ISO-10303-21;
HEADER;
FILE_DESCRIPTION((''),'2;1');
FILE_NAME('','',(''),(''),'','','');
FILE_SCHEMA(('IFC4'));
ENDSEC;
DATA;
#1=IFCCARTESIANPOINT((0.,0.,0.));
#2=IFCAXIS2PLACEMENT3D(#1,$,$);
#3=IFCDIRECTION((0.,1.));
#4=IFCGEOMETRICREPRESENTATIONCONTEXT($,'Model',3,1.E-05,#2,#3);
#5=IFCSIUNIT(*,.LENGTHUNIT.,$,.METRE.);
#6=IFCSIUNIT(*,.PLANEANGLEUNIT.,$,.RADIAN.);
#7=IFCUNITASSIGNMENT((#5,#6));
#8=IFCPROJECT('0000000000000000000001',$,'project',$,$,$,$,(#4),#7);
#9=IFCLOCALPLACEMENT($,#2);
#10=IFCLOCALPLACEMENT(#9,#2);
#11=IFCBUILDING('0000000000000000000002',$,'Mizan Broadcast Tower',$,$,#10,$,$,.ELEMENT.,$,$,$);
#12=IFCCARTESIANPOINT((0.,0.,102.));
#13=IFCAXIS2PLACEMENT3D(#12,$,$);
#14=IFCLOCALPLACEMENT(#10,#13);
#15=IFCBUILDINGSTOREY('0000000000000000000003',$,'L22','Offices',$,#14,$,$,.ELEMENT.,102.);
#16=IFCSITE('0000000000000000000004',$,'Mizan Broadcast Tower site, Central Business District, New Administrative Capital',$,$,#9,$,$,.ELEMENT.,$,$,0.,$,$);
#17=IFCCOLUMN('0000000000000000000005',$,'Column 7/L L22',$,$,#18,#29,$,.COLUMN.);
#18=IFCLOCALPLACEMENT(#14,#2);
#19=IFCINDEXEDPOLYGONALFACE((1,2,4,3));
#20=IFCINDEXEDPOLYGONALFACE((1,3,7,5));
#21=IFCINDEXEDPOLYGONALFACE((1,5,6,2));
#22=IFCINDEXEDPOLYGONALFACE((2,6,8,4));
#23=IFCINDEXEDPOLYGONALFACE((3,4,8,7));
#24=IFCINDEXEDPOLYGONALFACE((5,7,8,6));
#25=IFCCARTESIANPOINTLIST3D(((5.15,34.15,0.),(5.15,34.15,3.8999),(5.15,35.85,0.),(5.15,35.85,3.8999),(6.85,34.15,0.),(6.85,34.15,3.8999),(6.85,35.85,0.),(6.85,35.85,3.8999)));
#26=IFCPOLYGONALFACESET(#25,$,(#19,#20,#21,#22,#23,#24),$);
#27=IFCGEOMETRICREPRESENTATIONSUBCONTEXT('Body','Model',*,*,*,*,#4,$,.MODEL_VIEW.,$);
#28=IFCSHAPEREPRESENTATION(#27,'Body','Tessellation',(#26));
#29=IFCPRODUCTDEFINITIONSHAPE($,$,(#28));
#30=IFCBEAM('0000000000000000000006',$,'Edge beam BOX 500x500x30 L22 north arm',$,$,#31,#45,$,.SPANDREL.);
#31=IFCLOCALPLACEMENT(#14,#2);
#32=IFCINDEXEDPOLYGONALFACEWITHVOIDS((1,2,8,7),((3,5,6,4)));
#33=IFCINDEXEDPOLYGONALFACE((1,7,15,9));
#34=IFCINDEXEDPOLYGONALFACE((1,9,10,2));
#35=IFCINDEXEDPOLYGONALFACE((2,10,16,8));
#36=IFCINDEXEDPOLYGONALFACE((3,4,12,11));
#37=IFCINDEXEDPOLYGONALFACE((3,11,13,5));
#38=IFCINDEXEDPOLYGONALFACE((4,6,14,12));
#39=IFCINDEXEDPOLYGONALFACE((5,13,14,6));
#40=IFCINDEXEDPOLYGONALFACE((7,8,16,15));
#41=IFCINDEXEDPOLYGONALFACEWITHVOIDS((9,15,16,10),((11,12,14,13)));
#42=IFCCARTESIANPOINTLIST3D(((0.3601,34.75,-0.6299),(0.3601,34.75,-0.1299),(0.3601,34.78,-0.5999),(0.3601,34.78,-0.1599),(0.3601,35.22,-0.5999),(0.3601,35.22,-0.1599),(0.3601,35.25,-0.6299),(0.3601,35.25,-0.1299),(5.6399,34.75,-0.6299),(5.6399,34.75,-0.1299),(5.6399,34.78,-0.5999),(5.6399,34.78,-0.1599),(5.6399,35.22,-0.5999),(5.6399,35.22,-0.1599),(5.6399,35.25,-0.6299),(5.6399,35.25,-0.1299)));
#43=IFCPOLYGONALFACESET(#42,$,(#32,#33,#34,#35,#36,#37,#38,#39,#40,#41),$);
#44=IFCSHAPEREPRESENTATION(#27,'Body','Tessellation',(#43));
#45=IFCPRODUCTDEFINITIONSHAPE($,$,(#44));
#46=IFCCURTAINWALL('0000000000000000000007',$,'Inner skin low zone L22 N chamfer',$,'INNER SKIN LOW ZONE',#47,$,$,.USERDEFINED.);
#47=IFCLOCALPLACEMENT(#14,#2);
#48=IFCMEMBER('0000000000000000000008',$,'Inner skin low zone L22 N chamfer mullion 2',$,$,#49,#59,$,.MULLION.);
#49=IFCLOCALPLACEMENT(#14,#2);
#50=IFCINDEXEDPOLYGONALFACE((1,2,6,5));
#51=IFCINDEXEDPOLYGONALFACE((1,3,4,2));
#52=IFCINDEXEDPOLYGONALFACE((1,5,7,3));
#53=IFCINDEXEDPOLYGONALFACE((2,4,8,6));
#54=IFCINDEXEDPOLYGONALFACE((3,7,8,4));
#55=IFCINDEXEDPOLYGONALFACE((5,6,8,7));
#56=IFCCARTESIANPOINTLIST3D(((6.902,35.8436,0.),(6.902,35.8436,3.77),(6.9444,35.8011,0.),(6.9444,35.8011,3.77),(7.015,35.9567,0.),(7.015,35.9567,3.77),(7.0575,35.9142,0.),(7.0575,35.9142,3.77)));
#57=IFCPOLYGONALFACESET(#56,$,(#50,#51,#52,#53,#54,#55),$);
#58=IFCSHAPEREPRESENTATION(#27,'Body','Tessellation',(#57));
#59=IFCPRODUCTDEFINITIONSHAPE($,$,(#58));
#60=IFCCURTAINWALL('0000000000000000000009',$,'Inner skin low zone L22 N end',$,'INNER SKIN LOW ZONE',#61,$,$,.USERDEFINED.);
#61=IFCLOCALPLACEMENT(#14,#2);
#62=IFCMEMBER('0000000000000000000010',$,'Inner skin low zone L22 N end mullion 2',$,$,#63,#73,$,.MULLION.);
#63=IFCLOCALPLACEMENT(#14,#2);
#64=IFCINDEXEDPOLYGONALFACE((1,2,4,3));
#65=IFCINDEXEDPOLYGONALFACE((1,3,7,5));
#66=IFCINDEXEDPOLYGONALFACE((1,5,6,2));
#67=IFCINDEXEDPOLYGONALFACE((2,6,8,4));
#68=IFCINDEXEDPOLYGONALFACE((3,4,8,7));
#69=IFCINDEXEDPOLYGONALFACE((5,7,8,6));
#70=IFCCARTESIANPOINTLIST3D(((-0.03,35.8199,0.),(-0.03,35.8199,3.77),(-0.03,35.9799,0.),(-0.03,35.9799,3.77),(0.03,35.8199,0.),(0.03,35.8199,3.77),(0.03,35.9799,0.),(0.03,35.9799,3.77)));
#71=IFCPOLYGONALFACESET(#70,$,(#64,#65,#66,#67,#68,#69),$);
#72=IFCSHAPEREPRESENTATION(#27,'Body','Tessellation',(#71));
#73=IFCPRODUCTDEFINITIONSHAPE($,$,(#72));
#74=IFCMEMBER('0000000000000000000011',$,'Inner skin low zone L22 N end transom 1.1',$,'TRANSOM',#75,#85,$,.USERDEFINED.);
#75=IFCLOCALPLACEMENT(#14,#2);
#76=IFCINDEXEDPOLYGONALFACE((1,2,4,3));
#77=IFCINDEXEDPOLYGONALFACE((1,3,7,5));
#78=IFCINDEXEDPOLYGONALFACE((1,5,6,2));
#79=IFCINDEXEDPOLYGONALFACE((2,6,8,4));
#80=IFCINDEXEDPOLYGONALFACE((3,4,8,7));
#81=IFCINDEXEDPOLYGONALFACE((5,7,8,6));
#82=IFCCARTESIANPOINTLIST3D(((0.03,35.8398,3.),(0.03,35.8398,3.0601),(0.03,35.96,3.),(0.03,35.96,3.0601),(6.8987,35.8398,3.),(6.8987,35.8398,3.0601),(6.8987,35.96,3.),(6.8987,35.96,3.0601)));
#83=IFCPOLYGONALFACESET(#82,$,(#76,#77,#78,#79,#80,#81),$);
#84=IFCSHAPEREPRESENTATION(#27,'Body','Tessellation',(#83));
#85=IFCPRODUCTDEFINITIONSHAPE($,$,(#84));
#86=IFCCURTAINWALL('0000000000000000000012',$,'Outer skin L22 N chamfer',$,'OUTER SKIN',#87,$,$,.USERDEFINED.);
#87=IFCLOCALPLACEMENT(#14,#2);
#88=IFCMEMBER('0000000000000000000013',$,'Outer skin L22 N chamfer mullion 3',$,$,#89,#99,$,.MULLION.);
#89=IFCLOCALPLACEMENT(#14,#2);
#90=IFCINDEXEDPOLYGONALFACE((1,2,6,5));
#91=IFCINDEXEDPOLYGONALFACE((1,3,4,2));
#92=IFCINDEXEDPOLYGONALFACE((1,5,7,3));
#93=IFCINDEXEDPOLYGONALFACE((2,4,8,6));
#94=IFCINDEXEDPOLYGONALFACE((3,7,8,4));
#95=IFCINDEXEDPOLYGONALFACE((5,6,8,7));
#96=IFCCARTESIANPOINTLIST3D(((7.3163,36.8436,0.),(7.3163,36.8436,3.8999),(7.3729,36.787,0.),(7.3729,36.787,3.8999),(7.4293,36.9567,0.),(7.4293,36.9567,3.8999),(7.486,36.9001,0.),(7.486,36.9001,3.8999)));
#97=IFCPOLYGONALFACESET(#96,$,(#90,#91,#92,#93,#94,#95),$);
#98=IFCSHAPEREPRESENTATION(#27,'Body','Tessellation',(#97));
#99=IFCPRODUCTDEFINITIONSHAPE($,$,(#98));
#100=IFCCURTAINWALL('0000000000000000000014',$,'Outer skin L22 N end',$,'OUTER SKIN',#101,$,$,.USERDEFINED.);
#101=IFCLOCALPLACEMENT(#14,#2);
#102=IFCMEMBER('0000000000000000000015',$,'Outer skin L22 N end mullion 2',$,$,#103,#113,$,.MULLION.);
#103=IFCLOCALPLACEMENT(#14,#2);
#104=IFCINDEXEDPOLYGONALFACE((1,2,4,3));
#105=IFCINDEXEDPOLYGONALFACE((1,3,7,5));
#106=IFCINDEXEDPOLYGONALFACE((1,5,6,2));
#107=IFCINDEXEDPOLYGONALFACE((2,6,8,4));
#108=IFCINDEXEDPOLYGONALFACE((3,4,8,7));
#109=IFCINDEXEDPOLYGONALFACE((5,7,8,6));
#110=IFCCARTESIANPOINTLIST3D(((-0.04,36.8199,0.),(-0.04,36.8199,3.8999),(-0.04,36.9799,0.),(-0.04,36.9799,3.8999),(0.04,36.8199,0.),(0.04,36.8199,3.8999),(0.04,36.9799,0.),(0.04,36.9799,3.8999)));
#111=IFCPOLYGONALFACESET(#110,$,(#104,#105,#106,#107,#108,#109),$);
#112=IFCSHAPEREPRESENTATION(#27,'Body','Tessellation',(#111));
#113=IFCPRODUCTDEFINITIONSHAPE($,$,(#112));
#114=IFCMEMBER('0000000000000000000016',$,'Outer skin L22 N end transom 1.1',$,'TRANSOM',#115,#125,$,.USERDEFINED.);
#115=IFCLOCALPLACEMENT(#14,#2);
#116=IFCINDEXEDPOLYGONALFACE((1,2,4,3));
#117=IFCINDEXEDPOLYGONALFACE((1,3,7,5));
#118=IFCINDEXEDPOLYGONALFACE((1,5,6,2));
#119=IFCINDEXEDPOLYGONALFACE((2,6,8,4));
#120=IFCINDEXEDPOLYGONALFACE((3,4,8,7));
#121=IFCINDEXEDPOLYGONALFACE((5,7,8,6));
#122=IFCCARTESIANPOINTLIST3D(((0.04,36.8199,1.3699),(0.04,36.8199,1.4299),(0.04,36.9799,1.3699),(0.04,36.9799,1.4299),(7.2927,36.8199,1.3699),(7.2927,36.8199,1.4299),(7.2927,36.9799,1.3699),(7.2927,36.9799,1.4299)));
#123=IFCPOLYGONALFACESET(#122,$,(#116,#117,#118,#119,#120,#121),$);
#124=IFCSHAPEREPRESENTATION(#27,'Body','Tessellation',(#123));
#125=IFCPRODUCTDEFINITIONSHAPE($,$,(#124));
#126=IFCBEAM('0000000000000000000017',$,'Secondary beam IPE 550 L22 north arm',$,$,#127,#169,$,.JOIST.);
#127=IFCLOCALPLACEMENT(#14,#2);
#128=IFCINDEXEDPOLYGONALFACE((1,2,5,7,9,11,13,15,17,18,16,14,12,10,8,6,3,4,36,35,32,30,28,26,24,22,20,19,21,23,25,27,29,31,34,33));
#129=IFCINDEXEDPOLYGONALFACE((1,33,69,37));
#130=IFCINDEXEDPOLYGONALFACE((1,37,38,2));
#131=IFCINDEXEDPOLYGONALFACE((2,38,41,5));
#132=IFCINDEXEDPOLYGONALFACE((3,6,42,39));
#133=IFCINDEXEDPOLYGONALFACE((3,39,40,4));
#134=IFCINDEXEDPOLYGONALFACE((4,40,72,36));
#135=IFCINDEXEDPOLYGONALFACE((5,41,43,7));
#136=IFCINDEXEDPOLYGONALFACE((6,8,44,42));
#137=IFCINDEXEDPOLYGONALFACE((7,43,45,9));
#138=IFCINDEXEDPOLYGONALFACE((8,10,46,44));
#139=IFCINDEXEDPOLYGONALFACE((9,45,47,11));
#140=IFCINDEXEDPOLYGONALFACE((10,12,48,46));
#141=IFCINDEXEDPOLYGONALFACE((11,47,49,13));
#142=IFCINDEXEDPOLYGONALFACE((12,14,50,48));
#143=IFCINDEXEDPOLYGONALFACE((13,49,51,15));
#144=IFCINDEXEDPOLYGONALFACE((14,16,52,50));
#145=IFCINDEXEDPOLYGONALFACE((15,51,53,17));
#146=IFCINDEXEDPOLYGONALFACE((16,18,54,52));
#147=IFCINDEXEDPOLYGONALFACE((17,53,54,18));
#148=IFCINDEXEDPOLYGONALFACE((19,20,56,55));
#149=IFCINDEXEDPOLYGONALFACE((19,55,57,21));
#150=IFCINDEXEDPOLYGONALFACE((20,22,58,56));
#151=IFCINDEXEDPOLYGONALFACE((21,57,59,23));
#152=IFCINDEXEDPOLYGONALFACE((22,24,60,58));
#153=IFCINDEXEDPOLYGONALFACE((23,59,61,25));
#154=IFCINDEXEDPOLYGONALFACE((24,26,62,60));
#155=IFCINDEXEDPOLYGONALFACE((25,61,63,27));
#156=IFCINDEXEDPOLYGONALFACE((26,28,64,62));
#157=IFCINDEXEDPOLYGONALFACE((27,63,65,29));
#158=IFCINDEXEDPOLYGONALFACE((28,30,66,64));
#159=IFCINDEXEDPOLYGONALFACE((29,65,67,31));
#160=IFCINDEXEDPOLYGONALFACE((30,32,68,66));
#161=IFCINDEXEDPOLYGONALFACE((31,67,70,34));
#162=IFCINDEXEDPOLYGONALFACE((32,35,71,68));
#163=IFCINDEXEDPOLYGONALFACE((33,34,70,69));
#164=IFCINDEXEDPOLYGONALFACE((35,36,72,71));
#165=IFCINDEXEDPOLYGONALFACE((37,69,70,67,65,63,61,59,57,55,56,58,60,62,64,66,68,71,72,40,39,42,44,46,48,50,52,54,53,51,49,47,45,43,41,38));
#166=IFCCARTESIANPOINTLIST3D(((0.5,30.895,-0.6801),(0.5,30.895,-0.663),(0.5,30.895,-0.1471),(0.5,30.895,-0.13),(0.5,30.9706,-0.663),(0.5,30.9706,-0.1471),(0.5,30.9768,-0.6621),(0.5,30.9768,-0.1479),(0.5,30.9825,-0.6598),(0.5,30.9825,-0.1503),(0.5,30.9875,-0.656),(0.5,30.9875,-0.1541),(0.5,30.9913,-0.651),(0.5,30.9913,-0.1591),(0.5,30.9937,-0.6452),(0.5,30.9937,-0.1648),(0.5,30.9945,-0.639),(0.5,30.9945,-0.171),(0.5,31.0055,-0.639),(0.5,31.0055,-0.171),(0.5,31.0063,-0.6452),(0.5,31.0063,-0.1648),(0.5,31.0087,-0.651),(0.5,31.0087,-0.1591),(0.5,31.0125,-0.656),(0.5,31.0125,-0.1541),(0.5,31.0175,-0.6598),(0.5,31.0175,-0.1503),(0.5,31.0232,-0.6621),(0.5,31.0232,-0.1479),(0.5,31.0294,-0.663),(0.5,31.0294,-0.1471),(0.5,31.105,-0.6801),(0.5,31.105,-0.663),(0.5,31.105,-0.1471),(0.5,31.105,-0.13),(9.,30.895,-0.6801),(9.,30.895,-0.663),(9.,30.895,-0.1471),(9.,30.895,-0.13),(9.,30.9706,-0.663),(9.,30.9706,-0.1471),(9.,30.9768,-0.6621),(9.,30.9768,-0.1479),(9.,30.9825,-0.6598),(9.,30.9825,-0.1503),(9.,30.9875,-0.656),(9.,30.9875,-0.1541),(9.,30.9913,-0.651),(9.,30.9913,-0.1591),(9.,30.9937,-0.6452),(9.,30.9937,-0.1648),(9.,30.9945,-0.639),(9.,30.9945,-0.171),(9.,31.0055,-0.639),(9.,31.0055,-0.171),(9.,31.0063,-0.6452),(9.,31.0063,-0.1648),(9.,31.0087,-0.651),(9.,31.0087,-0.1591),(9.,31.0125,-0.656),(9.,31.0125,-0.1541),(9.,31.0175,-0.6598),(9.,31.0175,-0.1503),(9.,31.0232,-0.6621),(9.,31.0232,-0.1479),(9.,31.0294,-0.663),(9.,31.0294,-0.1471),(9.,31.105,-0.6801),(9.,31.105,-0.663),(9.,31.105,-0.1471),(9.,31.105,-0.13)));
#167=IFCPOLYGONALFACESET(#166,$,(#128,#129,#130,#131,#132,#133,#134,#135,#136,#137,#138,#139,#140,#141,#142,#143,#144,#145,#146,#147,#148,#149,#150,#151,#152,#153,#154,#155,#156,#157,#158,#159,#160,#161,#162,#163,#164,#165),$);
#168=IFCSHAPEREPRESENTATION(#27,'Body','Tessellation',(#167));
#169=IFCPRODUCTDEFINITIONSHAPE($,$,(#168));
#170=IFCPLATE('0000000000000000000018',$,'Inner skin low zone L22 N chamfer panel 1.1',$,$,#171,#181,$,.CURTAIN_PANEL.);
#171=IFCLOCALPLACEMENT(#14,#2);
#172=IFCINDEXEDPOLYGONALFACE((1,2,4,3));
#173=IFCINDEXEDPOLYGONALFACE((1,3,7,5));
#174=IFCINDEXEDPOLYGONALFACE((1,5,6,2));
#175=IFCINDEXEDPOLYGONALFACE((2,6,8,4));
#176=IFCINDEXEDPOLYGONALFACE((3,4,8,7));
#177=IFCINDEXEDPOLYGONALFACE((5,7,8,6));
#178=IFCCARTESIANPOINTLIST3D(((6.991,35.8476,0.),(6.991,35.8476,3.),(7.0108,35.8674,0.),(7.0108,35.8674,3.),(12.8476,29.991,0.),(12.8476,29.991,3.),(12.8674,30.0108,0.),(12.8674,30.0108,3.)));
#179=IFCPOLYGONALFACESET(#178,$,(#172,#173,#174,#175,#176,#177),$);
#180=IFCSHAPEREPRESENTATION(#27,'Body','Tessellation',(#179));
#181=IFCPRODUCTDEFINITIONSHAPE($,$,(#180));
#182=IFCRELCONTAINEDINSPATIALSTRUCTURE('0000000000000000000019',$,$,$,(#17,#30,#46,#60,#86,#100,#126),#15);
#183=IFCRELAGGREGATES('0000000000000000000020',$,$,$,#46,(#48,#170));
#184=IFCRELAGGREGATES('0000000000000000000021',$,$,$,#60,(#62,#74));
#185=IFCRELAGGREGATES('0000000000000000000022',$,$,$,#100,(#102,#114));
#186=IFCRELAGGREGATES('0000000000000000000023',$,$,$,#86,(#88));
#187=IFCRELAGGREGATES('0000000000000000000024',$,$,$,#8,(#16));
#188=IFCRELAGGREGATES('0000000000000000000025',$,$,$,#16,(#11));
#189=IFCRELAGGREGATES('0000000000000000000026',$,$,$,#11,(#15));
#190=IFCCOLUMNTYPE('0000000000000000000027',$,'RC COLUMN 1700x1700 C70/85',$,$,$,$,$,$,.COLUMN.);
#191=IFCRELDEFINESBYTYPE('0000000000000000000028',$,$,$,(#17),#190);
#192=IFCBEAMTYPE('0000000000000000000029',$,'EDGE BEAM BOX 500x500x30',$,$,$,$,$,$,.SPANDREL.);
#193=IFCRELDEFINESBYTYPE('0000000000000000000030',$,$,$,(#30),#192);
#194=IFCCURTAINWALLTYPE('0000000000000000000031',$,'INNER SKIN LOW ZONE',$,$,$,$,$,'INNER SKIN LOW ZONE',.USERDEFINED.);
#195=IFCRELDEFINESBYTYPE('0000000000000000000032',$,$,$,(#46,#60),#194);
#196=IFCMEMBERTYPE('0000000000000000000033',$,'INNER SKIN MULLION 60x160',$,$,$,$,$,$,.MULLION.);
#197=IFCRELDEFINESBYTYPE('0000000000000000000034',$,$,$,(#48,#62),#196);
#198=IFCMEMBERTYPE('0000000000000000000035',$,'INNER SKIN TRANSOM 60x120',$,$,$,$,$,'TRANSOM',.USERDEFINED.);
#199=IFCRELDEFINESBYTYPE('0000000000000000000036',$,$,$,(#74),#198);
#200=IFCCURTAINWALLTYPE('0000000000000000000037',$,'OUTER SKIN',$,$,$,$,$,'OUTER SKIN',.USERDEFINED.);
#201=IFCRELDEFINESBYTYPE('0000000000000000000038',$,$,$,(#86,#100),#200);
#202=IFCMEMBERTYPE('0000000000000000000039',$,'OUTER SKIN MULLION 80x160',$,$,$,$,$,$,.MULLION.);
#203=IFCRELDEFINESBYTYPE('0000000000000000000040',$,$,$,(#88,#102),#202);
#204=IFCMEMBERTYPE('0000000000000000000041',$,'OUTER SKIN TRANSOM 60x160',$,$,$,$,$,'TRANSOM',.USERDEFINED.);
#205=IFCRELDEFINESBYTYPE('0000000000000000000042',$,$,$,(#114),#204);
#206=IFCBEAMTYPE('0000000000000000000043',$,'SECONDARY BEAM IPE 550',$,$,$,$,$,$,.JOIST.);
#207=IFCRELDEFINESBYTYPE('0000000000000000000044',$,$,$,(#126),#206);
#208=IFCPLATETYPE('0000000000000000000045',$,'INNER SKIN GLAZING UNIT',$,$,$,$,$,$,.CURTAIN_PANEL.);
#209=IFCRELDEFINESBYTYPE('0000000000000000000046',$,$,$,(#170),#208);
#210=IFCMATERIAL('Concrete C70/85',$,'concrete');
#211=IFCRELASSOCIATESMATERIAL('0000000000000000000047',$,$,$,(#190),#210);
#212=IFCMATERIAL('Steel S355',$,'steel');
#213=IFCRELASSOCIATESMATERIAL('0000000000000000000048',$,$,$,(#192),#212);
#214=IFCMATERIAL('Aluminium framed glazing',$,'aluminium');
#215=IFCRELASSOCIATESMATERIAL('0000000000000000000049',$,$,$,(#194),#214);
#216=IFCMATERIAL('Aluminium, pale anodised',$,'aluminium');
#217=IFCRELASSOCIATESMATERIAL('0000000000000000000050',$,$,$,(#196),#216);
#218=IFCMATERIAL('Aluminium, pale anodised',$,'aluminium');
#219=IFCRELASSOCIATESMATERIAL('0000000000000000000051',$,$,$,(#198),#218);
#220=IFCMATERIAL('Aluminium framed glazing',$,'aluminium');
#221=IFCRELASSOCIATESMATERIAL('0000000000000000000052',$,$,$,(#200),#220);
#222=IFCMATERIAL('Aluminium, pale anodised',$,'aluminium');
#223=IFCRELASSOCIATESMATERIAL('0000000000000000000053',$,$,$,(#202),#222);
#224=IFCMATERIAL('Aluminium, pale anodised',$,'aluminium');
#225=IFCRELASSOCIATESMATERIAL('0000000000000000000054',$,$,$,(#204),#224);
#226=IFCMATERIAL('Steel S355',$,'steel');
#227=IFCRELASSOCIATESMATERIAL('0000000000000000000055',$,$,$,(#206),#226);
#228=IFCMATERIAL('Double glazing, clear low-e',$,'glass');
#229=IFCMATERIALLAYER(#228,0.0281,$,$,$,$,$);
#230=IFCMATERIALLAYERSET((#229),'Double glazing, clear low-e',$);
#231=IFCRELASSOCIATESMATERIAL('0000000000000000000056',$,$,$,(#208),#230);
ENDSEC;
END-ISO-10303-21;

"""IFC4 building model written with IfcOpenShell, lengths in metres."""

from ifc_helpers import new_model, si_unit, direction, frame, origin, origin_2d, place, context, subcontext, project, spatial, rectangle, hollow_rectangle, i_section, extrude, material, layer, layer_set, material_profile, profile_set, type_object, element, aggregate, save


model = new_model("IFC4")

# Units and contexts
model_context = context("Model", 3, precision=1e-05, world=origin(), true_north=direction((0.0, 1.0)))
body_context = subcontext(model_context, "Body", "Model", "MODEL_VIEW")
ifc_project = project(units=[si_unit("LENGTHUNIT", "METRE"), si_unit("PLANEANGLEUNIT", "RADIAN")], contexts=[model_context])

# Site, building, storey
site_placement = place(None, origin())
site = spatial("IfcSite", under=ifc_project, at=site_placement, Name="Mizan Broadcast Tower site, Central Business District, New Administrative Capital", CompositionType="ELEMENT", RefElevation=0.0)
building_placement = place(site_placement, origin())
building = spatial("IfcBuilding", under=site, at=building_placement, Name="Mizan Broadcast Tower", CompositionType="ELEMENT")
storey_placement = place(building_placement, frame((0.0, 0.0, 102.0)))
storey = spatial("IfcBuildingStorey", under=building, at=storey_placement, Name="L22", Description="Offices", CompositionType="ELEMENT", Elevation=102.0)

# Column
ifc_material_1 = material(Name="Concrete C70/85", Category="concrete")
ifc_material_profile_1 = material_profile(ifc_material_1, rectangle(XDim=1.7, YDim=1.7, at=origin_2d()), Name="RC 1700x1700")
ifc_profile_set_1 = profile_set([ifc_material_profile_1], Name="Concrete C70/85")
column_type = type_object("IfcColumnType", Name="RC COLUMN 1700x1700 C70/85", PredefinedType="COLUMN", material=ifc_profile_set_1)
column_placement = place(storey_placement, frame((6.0, 35.0, 0.0), z_axis=(0.0, 0.0, 1.0), x_axis=(1.0, 0.0, 0.0)))
element("IfcColumn", 1, at=column_placement, inside=storey, type_object=column_type, Name="Column 7/L L22", PredefinedType="COLUMN", context=body_context, shape_type="SweptSolid", body=[
    extrude(rectangle(XDim=1.7, YDim=1.7, at=origin_2d()), origin(), (0.0, 0.0, 1.0), 3.8999),
])

# Beam
ifc_material_2 = material(Name="Steel S355", Category="steel")
ifc_material_profile_2 = material_profile(ifc_material_2, hollow_rectangle(XDim=0.5, YDim=0.5, WallThickness=0.03, at=origin_2d()), Name="BOX 500x500x30")
ifc_profile_set_2 = profile_set([ifc_material_profile_2], Name="Steel S355")
beam_type_1 = type_object("IfcBeamType", Name="EDGE BEAM BOX 500x500x30", PredefinedType="SPANDREL", material=ifc_profile_set_2)
beam_1_placement = place(storey_placement, frame((5.6399, 35.0, -0.3799), z_axis=(-1.0, 0.0, 0.0), x_axis=(0.0, -1.0, 0.0)))
element("IfcBeam", 2, at=beam_1_placement, inside=storey, type_object=beam_type_1, Name="Edge beam BOX 500x500x30 L22 north arm", PredefinedType="SPANDREL", context=body_context, shape_type="SweptSolid", body=[
    extrude(hollow_rectangle(XDim=0.5, YDim=0.5, WallThickness=0.03, at=origin_2d()), origin(), (0.0, 0.0, 1.0), 5.2798),
])

# Curtain wall, member
ifc_material_3 = material(Name="Aluminium framed glazing", Category="aluminium")
curtain_wall_type_1 = type_object("IfcCurtainWallType", Name="INNER SKIN LOW ZONE", ElementType="INNER SKIN LOW ZONE", PredefinedType="USERDEFINED", material=ifc_material_3)
curtain_wall_1_placement = place(storey_placement, origin())
curtain_wall_1 = element("IfcCurtainWall", 3, at=curtain_wall_1_placement, inside=storey, type_object=curtain_wall_type_1, Name="Inner skin low zone L22 N chamfer", ObjectType="INNER SKIN LOW ZONE", PredefinedType="USERDEFINED")
ifc_material_4 = material(Name="Aluminium, pale anodised", Category="aluminium")
ifc_material_profile_3 = material_profile(ifc_material_4, rectangle(XDim=0.1599, YDim=0.0601, at=origin_2d()), Name="MULLION 160x60")
ifc_profile_set_3 = profile_set([ifc_material_profile_3], Name="Aluminium, pale anodised")
member_type_1 = type_object("IfcMemberType", Name="INNER SKIN MULLION 60x160", PredefinedType="MULLION", material=ifc_profile_set_3)
member_1_placement = place(storey_placement, frame((6.9797, 35.8789, 0.0), z_axis=(0.0, 0.0, 1.0), x_axis=(-0.707107, -0.707107, 0.0)))
member_1 = element("IfcMember", 4, at=member_1_placement, type_object=member_type_1, Name="Inner skin low zone L22 N chamfer mullion 2", PredefinedType="MULLION", context=body_context, shape_type="SweptSolid", body=[
    extrude(rectangle(XDim=0.1599, YDim=0.0601, at=origin_2d()), origin(), (0.0, 0.0, 1.0), 3.77),
])

# Curtain wall, members
curtain_wall_2_placement = place(storey_placement, origin())
curtain_wall_2 = element("IfcCurtainWall", 5, at=curtain_wall_2_placement, inside=storey, type_object=curtain_wall_type_1, Name="Inner skin low zone L22 N end", ObjectType="INNER SKIN LOW ZONE", PredefinedType="USERDEFINED")
member_2_placement = place(storey_placement, frame((0.0, 35.8999, 0.0), z_axis=(0.0, 0.0, 1.0), x_axis=(0.0, -1.0, 0.0)))
member_2 = element("IfcMember", 6, at=member_2_placement, type_object=member_type_1, Name="Inner skin low zone L22 N end mullion 2", PredefinedType="MULLION", context=body_context, shape_type="SweptSolid", body=[
    extrude(rectangle(XDim=0.1599, YDim=0.0601, at=origin_2d()), origin(), (0.0, 0.0, 1.0), 3.77),
])
ifc_material_5 = material(Name="Aluminium, pale anodised", Category="aluminium")
ifc_material_profile_4 = material_profile(ifc_material_5, rectangle(XDim=0.1201, YDim=0.0601, at=origin_2d()), Name="TRANSOM 120x60")
ifc_profile_set_4 = profile_set([ifc_material_profile_4], Name="Aluminium, pale anodised")
member_type_2 = type_object("IfcMemberType", Name="INNER SKIN TRANSOM 60x120", ElementType="TRANSOM", PredefinedType="USERDEFINED", material=ifc_profile_set_4)
member_3_placement = place(storey_placement, frame((6.8987, 35.8999, 3.03), z_axis=(-1.0, 0.0, 0.0), x_axis=(0.0, -1.0, 0.0)))
member_3 = element("IfcMember", 7, at=member_3_placement, type_object=member_type_2, Name="Inner skin low zone L22 N end transom 1.1", ObjectType="TRANSOM", PredefinedType="USERDEFINED", context=body_context, shape_type="SweptSolid", body=[
    extrude(rectangle(XDim=0.1201, YDim=0.0601, at=origin_2d()), origin(), (0.0, 0.0, 1.0), 6.8687),
])

# Curtain wall, member
ifc_material_6 = material(Name="Aluminium framed glazing", Category="aluminium")
curtain_wall_type_2 = type_object("IfcCurtainWallType", Name="OUTER SKIN", ElementType="OUTER SKIN", PredefinedType="USERDEFINED", material=ifc_material_6)
curtain_wall_3_placement = place(storey_placement, origin())
curtain_wall_3 = element("IfcCurtainWall", 8, at=curtain_wall_3_placement, inside=storey, type_object=curtain_wall_type_2, Name="Outer skin L22 N chamfer", ObjectType="OUTER SKIN", PredefinedType="USERDEFINED")
ifc_material_7 = material(Name="Aluminium, pale anodised", Category="aluminium")
ifc_material_profile_5 = material_profile(ifc_material_7, rectangle(XDim=0.1599, YDim=0.0801, at=origin_2d()), Name="MULLION 160x80")
ifc_profile_set_5 = profile_set([ifc_material_profile_5], Name="Aluminium, pale anodised")
member_type_3 = type_object("IfcMemberType", Name="OUTER SKIN MULLION 80x160", PredefinedType="MULLION", material=ifc_profile_set_5)
member_4_placement = place(storey_placement, frame((7.4011, 36.8718, 0.0), z_axis=(0.0, 0.0, 1.0), x_axis=(-0.707107, -0.707107, 0.0)))
member_4 = element("IfcMember", 9, at=member_4_placement, type_object=member_type_3, Name="Outer skin L22 N chamfer mullion 3", PredefinedType="MULLION", context=body_context, shape_type="SweptSolid", body=[
    extrude(rectangle(XDim=0.1599, YDim=0.0801, at=origin_2d()), origin(), (0.0, 0.0, 1.0), 3.8999),
])

# Curtain wall, members
curtain_wall_4_placement = place(storey_placement, origin())
curtain_wall_4 = element("IfcCurtainWall", 10, at=curtain_wall_4_placement, inside=storey, type_object=curtain_wall_type_2, Name="Outer skin L22 N end", ObjectType="OUTER SKIN", PredefinedType="USERDEFINED")
member_5_placement = place(storey_placement, frame((0.0, 36.8999, 0.0), z_axis=(0.0, 0.0, 1.0), x_axis=(0.0, -1.0, 0.0)))
member_5 = element("IfcMember", 11, at=member_5_placement, type_object=member_type_3, Name="Outer skin L22 N end mullion 2", PredefinedType="MULLION", context=body_context, shape_type="SweptSolid", body=[
    extrude(rectangle(XDim=0.1599, YDim=0.0801, at=origin_2d()), origin(), (0.0, 0.0, 1.0), 3.8999),
])
ifc_material_8 = material(Name="Aluminium, pale anodised", Category="aluminium")
ifc_material_profile_6 = material_profile(ifc_material_8, rectangle(XDim=0.1599, YDim=0.0601, at=origin_2d()), Name="TRANSOM 160x60")
ifc_profile_set_6 = profile_set([ifc_material_profile_6], Name="Aluminium, pale anodised")
member_type_4 = type_object("IfcMemberType", Name="OUTER SKIN TRANSOM 60x160", ElementType="TRANSOM", PredefinedType="USERDEFINED", material=ifc_profile_set_6)
member_6_placement = place(storey_placement, frame((7.2927, 36.8999, 1.3999), z_axis=(-1.0, 0.0, 0.0), x_axis=(0.0, -1.0, 0.0)))
member_6 = element("IfcMember", 12, at=member_6_placement, type_object=member_type_4, Name="Outer skin L22 N end transom 1.1", ObjectType="TRANSOM", PredefinedType="USERDEFINED", context=body_context, shape_type="SweptSolid", body=[
    extrude(rectangle(XDim=0.1599, YDim=0.0601, at=origin_2d()), origin(), (0.0, 0.0, 1.0), 7.2527),
])

# Beam
ifc_material_9 = material(Name="Steel S355", Category="steel")
ifc_material_profile_7 = material_profile(ifc_material_9, i_section(OverallWidth=0.21, OverallDepth=0.55, WebThickness=0.011, FlangeThickness=0.0171, FilletRadius=0.0239, at=origin_2d()), Name="IPE 550")
ifc_profile_set_7 = profile_set([ifc_material_profile_7], Name="Steel S355")
beam_type_2 = type_object("IfcBeamType", Name="SECONDARY BEAM IPE 550", PredefinedType="JOIST", material=ifc_profile_set_7)
beam_2_placement = place(storey_placement, frame((9.0, 31.0, -0.405), z_axis=(-1.0, 0.0, 0.0), x_axis=(0.0, -1.0, 0.0)))
element("IfcBeam", 13, at=beam_2_placement, inside=storey, type_object=beam_type_2, Name="Secondary beam IPE 550 L22 north arm", PredefinedType="JOIST", context=body_context, shape_type="SweptSolid", body=[
    extrude(i_section(OverallWidth=0.21, OverallDepth=0.55, WebThickness=0.011, FlangeThickness=0.0171, FilletRadius=0.0239, at=origin_2d()), origin(), (0.0, 0.0, 1.0), 8.5),
])

# Plate
ifc_material_10 = material(Name="Double glazing, clear low-e", Category="glass")
ifc_layer_1 = layer(ifc_material_10, 0.0281)
ifc_layer_set_1 = layer_set([ifc_layer_1], Name="Double glazing, clear low-e")
plate_type_1 = type_object("IfcPlateType", Name="INNER SKIN GLAZING UNIT", PredefinedType="CURTAIN_PANEL", material=ifc_layer_set_1)
plate_1_placement = place(storey_placement, frame((9.9292, 32.9292, 0.0), z_axis=(0.0, 0.0, 1.0), x_axis=(-0.707107, 0.707107, 0.0)))
plate_1 = element("IfcPlate", 14, at=plate_1_placement, type_object=plate_type_1, Name="Inner skin low zone L22 N chamfer panel 1.1", PredefinedType="CURTAIN_PANEL", context=body_context, shape_type="SweptSolid", body=[
    extrude(rectangle(XDim=8.2825, YDim=0.0281, at=origin_2d()), origin(), (0.0, 0.0, 1.0), 3.0),
])
aggregate(curtain_wall_1, [member_1, plate_1])
aggregate(curtain_wall_2, [member_2, member_3])
aggregate(curtain_wall_4, [member_5, member_6])
aggregate(curtain_wall_3, [member_4])

save(model, "model.ifc")
